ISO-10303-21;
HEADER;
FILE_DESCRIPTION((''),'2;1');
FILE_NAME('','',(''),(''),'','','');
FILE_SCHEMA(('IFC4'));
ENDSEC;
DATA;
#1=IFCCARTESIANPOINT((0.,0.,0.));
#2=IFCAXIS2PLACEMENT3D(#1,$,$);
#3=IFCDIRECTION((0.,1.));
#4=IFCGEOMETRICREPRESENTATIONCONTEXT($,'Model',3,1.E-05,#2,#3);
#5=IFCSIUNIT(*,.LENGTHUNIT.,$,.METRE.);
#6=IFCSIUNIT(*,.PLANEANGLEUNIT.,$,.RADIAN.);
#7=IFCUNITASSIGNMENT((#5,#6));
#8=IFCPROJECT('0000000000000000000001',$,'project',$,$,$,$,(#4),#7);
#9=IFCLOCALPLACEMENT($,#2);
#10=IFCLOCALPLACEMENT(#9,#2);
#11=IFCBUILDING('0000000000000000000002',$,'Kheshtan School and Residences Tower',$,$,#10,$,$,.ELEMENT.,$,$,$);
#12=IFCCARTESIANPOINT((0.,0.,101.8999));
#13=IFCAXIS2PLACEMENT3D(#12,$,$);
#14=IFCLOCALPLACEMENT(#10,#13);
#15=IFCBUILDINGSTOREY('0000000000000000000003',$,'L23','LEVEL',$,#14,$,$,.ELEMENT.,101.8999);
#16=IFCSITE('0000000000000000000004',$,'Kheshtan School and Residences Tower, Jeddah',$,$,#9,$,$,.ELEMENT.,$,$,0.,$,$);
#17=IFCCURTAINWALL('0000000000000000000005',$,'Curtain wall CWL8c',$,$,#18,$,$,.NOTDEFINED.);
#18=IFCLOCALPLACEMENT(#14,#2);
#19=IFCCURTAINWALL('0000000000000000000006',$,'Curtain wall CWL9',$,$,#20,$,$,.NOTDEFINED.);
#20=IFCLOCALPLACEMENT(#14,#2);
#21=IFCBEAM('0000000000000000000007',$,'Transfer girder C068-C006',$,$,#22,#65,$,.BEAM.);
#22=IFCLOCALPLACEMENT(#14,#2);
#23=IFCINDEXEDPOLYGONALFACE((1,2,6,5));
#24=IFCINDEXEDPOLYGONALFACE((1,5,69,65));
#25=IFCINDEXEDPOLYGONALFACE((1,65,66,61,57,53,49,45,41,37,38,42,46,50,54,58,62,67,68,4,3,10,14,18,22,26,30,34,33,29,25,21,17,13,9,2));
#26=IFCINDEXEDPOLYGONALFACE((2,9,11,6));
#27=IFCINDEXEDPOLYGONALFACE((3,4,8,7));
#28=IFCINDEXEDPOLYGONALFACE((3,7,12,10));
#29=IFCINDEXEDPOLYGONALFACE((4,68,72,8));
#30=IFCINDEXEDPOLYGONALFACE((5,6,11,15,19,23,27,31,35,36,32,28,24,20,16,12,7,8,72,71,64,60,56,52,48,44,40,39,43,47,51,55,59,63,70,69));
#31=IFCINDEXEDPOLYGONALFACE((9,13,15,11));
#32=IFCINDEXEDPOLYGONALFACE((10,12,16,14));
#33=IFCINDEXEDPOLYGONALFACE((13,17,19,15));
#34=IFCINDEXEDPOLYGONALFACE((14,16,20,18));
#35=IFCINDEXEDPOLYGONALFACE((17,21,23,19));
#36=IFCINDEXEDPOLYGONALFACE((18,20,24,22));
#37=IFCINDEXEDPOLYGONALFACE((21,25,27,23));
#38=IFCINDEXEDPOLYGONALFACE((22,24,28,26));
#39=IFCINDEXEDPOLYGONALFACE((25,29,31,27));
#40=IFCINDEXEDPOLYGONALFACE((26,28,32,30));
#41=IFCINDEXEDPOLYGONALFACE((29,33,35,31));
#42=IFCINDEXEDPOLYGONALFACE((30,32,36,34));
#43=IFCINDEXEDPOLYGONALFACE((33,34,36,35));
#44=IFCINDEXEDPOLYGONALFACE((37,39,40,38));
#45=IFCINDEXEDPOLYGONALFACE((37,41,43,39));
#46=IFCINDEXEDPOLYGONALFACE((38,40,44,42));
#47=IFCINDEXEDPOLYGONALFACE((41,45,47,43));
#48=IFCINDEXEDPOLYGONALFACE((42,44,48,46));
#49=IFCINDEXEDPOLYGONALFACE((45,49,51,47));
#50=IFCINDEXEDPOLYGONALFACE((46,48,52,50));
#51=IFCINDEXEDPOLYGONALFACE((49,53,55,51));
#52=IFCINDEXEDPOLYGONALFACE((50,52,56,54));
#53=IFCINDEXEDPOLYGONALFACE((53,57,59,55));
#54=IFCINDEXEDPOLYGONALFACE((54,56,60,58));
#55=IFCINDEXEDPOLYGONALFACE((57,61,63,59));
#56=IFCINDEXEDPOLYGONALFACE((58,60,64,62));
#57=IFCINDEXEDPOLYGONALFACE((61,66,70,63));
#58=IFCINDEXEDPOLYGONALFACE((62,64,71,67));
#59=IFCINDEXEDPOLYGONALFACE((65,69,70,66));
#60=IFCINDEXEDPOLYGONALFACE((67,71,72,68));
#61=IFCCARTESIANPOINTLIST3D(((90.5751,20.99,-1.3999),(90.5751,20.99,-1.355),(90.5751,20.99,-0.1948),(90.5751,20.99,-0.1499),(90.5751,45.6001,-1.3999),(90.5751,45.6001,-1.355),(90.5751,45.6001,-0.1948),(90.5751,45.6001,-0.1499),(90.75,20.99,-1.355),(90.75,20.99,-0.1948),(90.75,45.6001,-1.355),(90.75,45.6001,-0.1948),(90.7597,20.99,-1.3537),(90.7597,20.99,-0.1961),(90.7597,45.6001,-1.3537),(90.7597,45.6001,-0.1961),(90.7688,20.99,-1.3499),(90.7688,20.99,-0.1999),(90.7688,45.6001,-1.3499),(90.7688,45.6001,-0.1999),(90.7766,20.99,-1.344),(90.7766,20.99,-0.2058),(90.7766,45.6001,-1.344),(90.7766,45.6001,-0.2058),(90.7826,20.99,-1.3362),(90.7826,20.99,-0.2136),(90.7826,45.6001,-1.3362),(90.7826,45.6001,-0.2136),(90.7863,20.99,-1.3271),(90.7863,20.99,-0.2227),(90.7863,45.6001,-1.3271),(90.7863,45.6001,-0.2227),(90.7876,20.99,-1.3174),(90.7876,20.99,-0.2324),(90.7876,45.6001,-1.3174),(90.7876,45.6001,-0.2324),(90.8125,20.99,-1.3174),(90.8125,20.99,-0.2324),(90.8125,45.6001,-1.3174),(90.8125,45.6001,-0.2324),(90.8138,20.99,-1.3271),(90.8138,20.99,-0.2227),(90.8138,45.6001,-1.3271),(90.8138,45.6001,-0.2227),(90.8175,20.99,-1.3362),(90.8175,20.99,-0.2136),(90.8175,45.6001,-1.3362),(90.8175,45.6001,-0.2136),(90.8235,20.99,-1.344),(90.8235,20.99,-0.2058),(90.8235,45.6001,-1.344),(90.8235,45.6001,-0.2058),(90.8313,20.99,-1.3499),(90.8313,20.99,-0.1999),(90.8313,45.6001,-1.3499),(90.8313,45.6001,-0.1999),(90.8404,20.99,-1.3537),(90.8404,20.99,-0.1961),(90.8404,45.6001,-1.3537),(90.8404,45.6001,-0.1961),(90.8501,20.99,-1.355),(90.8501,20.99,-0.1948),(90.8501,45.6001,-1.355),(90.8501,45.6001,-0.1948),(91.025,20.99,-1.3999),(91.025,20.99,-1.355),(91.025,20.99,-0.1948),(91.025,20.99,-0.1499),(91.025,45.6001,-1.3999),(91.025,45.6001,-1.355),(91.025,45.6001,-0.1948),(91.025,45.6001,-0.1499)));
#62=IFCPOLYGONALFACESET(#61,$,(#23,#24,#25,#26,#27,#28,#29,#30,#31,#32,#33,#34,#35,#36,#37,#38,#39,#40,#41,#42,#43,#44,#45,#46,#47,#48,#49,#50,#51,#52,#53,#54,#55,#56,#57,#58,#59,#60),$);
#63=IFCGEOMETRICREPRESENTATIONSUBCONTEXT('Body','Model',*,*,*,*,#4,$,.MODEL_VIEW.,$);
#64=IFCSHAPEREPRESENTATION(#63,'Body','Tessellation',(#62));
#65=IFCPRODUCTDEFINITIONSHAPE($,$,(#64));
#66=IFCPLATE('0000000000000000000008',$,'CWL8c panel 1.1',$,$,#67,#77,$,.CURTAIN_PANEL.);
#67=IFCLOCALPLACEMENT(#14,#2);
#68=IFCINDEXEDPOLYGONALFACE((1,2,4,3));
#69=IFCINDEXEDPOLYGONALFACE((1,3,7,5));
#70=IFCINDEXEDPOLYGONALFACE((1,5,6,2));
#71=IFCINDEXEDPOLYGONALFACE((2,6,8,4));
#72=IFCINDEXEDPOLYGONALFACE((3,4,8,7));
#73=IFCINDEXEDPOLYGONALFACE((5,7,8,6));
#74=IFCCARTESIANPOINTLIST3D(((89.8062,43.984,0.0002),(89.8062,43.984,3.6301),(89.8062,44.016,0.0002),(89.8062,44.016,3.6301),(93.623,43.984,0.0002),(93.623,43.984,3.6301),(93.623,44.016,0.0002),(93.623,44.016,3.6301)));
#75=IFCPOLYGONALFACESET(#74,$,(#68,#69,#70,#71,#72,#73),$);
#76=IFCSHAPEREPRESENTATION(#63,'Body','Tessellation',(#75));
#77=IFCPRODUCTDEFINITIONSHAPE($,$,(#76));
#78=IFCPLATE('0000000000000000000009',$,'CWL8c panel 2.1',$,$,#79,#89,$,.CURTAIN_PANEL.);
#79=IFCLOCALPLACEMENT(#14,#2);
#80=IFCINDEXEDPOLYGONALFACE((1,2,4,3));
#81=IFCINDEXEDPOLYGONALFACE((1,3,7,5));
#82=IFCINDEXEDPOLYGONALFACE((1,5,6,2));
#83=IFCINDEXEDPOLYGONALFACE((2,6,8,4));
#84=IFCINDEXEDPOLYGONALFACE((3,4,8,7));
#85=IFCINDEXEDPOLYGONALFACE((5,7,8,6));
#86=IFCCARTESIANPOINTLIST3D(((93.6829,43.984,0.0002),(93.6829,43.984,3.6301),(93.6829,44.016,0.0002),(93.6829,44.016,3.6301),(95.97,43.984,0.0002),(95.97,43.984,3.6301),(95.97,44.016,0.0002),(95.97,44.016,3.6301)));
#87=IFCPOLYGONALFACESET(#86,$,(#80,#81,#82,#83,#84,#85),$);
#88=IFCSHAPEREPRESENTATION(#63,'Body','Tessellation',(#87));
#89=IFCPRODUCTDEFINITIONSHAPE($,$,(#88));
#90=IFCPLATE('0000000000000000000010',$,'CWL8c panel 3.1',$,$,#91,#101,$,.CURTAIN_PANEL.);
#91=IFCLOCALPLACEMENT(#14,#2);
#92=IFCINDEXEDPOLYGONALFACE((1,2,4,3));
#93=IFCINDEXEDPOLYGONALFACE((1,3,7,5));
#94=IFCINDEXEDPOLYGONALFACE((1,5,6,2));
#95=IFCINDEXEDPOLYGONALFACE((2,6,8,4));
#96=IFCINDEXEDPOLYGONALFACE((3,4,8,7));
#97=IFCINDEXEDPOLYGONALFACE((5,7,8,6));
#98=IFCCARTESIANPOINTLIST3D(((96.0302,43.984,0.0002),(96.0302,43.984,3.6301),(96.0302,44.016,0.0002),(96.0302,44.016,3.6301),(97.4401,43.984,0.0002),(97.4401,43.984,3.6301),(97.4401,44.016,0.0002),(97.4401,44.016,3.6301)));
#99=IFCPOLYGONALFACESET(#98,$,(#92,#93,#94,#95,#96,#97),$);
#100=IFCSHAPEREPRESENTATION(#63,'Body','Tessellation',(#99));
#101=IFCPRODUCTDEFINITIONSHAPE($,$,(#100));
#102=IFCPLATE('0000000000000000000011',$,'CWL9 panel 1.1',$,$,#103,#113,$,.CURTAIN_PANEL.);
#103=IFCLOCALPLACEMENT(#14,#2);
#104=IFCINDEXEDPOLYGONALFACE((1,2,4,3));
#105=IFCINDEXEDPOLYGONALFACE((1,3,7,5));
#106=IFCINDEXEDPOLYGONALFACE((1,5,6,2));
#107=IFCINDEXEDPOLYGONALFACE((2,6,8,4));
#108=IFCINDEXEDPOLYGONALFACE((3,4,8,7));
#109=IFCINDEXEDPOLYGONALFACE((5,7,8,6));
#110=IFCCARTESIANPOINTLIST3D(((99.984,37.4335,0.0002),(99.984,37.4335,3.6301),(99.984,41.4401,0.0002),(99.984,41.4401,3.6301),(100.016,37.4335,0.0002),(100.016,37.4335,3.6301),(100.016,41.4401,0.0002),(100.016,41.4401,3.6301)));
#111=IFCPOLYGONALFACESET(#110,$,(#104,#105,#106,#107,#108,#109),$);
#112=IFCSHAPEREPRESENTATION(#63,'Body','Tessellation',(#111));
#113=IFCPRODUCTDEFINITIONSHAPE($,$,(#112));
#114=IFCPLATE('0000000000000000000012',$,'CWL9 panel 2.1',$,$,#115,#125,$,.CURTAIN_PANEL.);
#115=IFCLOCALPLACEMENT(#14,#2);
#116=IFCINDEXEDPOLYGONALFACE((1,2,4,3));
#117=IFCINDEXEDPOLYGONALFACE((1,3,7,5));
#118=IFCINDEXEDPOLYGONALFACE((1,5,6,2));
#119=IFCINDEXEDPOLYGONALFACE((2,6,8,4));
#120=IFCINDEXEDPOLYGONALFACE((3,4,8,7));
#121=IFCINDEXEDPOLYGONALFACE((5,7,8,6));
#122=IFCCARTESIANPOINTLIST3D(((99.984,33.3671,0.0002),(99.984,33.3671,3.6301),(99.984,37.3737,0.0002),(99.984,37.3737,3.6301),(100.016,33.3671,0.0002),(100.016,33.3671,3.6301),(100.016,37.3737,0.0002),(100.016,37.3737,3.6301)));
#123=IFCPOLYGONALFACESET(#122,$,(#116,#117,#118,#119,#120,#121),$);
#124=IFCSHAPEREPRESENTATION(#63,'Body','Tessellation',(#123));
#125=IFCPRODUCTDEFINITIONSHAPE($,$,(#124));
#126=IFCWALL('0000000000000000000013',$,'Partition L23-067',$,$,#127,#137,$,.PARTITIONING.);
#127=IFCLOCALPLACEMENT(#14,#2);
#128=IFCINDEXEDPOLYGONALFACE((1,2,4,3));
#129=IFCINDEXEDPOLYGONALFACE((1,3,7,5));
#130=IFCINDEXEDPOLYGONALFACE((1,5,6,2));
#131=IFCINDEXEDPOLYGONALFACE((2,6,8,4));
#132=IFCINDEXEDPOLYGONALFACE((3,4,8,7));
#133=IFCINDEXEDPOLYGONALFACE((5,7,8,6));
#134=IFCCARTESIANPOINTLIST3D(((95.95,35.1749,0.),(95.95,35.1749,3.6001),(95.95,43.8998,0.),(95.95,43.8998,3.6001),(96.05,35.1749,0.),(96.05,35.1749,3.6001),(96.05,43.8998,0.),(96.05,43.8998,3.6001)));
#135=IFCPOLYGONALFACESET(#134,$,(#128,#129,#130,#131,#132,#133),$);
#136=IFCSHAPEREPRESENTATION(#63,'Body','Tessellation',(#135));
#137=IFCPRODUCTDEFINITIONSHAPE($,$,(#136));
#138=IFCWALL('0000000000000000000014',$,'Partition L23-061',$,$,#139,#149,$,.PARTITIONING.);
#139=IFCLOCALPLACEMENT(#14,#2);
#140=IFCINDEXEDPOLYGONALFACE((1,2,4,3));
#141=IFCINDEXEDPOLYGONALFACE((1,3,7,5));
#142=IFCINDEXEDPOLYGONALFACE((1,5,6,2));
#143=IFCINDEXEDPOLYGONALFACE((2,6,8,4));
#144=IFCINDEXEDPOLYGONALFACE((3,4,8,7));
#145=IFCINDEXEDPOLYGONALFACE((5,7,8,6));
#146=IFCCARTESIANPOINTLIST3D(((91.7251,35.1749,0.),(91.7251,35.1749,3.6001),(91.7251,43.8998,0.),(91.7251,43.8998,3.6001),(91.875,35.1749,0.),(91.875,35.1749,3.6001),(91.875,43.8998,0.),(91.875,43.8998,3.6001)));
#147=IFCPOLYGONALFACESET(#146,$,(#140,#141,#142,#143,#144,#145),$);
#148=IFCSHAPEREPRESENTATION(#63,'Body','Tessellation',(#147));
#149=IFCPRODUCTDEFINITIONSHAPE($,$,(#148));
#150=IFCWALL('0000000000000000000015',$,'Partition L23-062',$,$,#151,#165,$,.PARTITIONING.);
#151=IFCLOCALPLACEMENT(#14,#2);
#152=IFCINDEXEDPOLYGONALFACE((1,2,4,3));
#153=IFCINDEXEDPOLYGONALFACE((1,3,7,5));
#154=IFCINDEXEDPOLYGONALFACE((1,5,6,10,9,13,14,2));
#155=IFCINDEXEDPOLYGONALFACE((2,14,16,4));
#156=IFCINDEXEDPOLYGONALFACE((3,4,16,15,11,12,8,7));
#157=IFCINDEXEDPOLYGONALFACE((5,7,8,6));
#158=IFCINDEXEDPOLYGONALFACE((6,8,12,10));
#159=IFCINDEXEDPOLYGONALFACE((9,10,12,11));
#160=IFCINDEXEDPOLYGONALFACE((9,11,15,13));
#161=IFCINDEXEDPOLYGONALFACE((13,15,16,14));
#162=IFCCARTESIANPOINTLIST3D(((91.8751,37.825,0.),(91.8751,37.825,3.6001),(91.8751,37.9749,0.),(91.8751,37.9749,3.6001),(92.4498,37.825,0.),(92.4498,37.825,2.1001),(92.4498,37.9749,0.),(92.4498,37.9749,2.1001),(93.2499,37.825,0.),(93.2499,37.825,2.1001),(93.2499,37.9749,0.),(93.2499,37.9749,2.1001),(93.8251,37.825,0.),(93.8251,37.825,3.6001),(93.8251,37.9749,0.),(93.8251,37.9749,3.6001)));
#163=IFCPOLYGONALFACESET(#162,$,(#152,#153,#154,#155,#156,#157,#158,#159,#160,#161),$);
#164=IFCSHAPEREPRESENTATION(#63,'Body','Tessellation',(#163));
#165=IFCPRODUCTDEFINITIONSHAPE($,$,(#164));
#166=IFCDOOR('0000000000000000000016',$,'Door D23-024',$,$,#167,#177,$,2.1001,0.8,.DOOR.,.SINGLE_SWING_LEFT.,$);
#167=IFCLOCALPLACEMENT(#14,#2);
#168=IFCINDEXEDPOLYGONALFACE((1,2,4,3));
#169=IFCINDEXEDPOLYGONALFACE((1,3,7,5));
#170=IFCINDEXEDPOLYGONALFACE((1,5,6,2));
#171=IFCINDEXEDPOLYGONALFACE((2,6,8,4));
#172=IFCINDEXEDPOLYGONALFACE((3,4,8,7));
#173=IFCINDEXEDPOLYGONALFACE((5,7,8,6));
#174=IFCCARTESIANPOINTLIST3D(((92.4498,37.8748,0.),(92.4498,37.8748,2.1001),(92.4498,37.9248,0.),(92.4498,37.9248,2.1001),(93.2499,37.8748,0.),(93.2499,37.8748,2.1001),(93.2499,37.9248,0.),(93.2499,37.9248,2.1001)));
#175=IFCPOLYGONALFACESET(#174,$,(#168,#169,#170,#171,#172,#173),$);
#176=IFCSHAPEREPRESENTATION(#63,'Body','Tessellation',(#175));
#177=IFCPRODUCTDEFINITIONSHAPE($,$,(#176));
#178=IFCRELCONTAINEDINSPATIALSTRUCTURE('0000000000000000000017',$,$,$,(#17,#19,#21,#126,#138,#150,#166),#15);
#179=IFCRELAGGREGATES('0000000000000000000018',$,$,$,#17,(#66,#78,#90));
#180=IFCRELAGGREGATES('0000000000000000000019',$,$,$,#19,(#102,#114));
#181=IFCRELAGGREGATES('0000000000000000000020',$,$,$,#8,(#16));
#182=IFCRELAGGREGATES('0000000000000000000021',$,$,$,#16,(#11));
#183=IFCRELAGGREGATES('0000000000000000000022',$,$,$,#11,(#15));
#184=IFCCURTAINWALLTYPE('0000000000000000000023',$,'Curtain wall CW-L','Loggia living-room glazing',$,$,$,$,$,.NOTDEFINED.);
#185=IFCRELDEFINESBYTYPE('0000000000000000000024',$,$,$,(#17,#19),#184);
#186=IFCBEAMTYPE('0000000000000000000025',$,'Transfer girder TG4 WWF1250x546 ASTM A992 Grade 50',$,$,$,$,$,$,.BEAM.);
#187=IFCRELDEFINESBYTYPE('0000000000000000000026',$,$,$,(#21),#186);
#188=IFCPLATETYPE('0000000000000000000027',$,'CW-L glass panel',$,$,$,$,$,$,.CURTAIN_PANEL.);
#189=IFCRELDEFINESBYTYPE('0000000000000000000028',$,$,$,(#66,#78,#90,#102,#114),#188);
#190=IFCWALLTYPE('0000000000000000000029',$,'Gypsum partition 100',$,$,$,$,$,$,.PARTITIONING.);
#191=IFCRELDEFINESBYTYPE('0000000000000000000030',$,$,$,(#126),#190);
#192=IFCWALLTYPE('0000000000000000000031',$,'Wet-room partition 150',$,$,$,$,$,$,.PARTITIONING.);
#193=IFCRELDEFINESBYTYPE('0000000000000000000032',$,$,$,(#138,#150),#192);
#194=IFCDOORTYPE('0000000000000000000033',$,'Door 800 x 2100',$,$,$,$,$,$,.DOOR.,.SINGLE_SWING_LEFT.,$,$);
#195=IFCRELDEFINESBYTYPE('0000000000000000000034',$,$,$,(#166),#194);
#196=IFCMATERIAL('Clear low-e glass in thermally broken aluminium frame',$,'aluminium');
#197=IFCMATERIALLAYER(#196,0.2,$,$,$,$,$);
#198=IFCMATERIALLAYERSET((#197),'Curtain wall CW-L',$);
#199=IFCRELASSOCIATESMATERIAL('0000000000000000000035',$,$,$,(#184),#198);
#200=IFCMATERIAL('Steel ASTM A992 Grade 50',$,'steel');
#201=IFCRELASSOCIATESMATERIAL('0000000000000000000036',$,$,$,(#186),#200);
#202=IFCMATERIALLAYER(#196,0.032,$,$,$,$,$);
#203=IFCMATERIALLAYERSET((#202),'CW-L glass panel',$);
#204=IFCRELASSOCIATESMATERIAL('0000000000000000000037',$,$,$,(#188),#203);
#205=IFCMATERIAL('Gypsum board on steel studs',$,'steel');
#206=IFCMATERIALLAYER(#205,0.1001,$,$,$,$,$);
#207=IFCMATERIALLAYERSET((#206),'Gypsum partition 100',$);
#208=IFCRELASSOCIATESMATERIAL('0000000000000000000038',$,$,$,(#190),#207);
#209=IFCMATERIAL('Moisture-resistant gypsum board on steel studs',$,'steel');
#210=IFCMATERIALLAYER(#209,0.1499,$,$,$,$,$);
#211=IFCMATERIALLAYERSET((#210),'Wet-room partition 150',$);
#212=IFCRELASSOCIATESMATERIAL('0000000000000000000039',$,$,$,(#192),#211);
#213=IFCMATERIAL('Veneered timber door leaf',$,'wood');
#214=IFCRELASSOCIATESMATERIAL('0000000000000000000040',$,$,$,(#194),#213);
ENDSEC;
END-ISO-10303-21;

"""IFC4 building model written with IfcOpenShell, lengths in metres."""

from ifc_helpers import new_model, si_unit, direction, frame, frame_2d, origin, origin_2d, place, context, subcontext, project, spatial, rectangle, i_section, extrude, source, transform, mapped, material, layer, layer_set, material_profile, profile_set, type_object, element, fill, aggregate, save


model = new_model("IFC4")

# Units and contexts
model_context = context("Model", 3, precision=1e-05, world=origin(), true_north=direction((0.0, 1.0)))
body_context = subcontext(model_context, "Body", "Model", "MODEL_VIEW")
ifc_project = project(units=[si_unit("LENGTHUNIT", "METRE"), si_unit("PLANEANGLEUNIT", "RADIAN")], contexts=[model_context])

# Site, building, storey
site_placement = place(None, origin())
site = spatial("IfcSite", under=ifc_project, at=site_placement, Name="Kheshtan School and Residences Tower, Jeddah", CompositionType="ELEMENT", RefElevation=0.0)
building_placement = place(site_placement, origin())
building = spatial("IfcBuilding", under=site, at=building_placement, Name="Kheshtan School and Residences Tower", CompositionType="ELEMENT")
storey_placement = place(building_placement, frame((0.0, 0.0, 101.8999)))
storey = spatial("IfcBuildingStorey", under=building, at=storey_placement, Name="L23", Description="LEVEL", CompositionType="ELEMENT", Elevation=101.8999)

# Shared definitions
ifc_material_1 = material(Name="Steel ASTM A992 Grade 50", Category="steel")

# Curtain walls
ifc_material_2 = material(Name="Clear low-e glass in thermally broken aluminium frame", Category="aluminium")
ifc_layer_1 = layer(ifc_material_2, 0.2)
ifc_layer_set_1 = layer_set([ifc_layer_1], Name="Curtain wall CW-L")
curtain_wall_type = type_object("IfcCurtainWallType", Name="Curtain wall CW-L", Description="Loggia living-room glazing", PredefinedType="NOTDEFINED", material=ifc_layer_set_1)
curtain_wall_1_placement = place(storey_placement, origin())
curtain_wall_1 = element("IfcCurtainWall", 1, at=curtain_wall_1_placement, inside=storey, type_object=curtain_wall_type, Name="Curtain wall CWL8c", PredefinedType="NOTDEFINED")
curtain_wall_2_placement = place(storey_placement, origin())
curtain_wall_2 = element("IfcCurtainWall", 2, at=curtain_wall_2_placement, inside=storey, type_object=curtain_wall_type, Name="Curtain wall CWL9", PredefinedType="NOTDEFINED")

# Beam
ifc_material_profile_1 = material_profile(ifc_material_1, i_section(OverallWidth=0.45, OverallDepth=1.25, WebThickness=0.0249, FlangeThickness=0.0449, FilletRadius=0.0376, at=origin_2d()), Name="WWF1250x546")
ifc_profile_set_1 = profile_set([ifc_material_profile_1], Name="Steel ASTM A992 Grade 50")
beam_type = type_object("IfcBeamType", Name="Transfer girder TG4 WWF1250x546 ASTM A992 Grade 50", PredefinedType="BEAM", material=ifc_profile_set_1)
beam_placement = place(storey_placement, frame((90.8, 45.6001, -0.7749), z_axis=(0.0, -1.0, 0.0), x_axis=(1.0, 0.0, 0.0)))
element("IfcBeam", 3, at=beam_placement, inside=storey, type_object=beam_type, Name="Transfer girder C068-C006", PredefinedType="BEAM", context=body_context, shape_type="SweptSolid", body=[
    extrude(i_section(OverallWidth=0.45, OverallDepth=1.25, WebThickness=0.0249, FlangeThickness=0.0449, FilletRadius=0.0376, at=origin_2d()), origin(), (0.0, 0.0, 1.0), 24.6101),
])

# Plates
ifc_layer_2 = layer(ifc_material_2, 0.032)
ifc_layer_set_2 = layer_set([ifc_layer_2], Name="CW-L glass panel")
plate_type = type_object("IfcPlateType", Name="CW-L glass panel", PredefinedType="CURTAIN_PANEL", material=ifc_layer_set_2)
plate_1_placement = place(storey_placement, frame((91.7146, 44.0, 0.0002), z_axis=(0.0, 0.0, 1.0), x_axis=(1.0, 0.0, 0.0)))
plate_1 = element("IfcPlate", 4, at=plate_1_placement, type_object=plate_type, Name="CWL8c panel 1.1", PredefinedType="CURTAIN_PANEL", context=body_context, shape_type="SweptSolid", body=[
    extrude(rectangle(XDim=3.8169, YDim=0.032, at=origin_2d()), origin(), (0.0, 0.0, 1.0), 3.6299),
])
plate_2_placement = place(storey_placement, frame((94.8264, 44.0, 0.0002), z_axis=(0.0, 0.0, 1.0), x_axis=(1.0, 0.0, 0.0)))
plate_2 = element("IfcPlate", 5, at=plate_2_placement, type_object=plate_type, Name="CWL8c panel 2.1", PredefinedType="CURTAIN_PANEL", context=body_context, shape_type="SweptSolid", body=[
    extrude(rectangle(XDim=2.2871, YDim=0.032, at=origin_2d()), origin(), (0.0, 0.0, 1.0), 3.6299),
])
plate_3_placement = place(storey_placement, frame((96.7351, 44.0, 0.0002), z_axis=(0.0, 0.0, 1.0), x_axis=(1.0, 0.0, 0.0)))
plate_3 = element("IfcPlate", 6, at=plate_3_placement, type_object=plate_type, Name="CWL8c panel 3.1", PredefinedType="CURTAIN_PANEL", context=body_context, shape_type="SweptSolid", body=[
    extrude(rectangle(XDim=1.4099, YDim=0.032, at=origin_2d()), origin(), (0.0, 0.0, 1.0), 3.6299),
])
aggregate(curtain_wall_1, [plate_1, plate_2, plate_3])
plate_4_placement = place(storey_placement, frame((100.0, 39.4368, 0.0002), z_axis=(0.0, 0.0, 1.0), x_axis=(0.0, -1.0, 0.0)))
plate_4 = element("IfcPlate", 7, at=plate_4_placement, type_object=plate_type, Name="CWL9 panel 1.1", PredefinedType="CURTAIN_PANEL", context=body_context, shape_type="SweptSolid", body=[
    extrude(rectangle(XDim=4.0066, YDim=0.032, at=origin_2d()), origin(), (0.0, 0.0, 1.0), 3.6299),
])
plate_5_placement = place(storey_placement, frame((100.0, 35.3704, 0.0002), z_axis=(0.0, 0.0, 1.0), x_axis=(0.0, -1.0, 0.0)))
plate_5 = element("IfcPlate", 8, at=plate_5_placement, type_object=plate_type, Name="CWL9 panel 2.1", PredefinedType="CURTAIN_PANEL", context=body_context, shape_type="SweptSolid", body=[
    extrude(rectangle(XDim=4.0066, YDim=0.032, at=origin_2d()), origin(), (0.0, 0.0, 1.0), 3.6299),
])
aggregate(curtain_wall_2, [plate_4, plate_5])

# Walls
ifc_material_3 = material(Name="Gypsum board on steel studs", Category="steel")
ifc_layer_3 = layer(ifc_material_3, 0.1001)
ifc_layer_set_3 = layer_set([ifc_layer_3], Name="Gypsum partition 100")
wall_type_1 = type_object("IfcWallType", Name="Gypsum partition 100", PredefinedType="PARTITIONING", material=ifc_layer_set_3)
wall_1_placement = place(storey_placement, frame((96.0, 35.175, 0.0), z_axis=(0.0, 0.0, 1.0), x_axis=(0.0, 1.0, 0.0)))
element("IfcWall", 9, at=wall_1_placement, inside=storey, type_object=wall_type_1, Name="Partition L23-067", PredefinedType="PARTITIONING", context=body_context, shape_type="SweptSolid", body=[
    extrude(rectangle(XDim=8.7249, YDim=0.1001, at=frame_2d((4.3623, 0.0))), origin(), (0.0, 0.0, 1.0), 3.6001),
])
ifc_material_4 = material(Name="Moisture-resistant gypsum board on steel studs", Category="steel")
ifc_layer_4 = layer(ifc_material_4, 0.1499)
ifc_layer_set_4 = layer_set([ifc_layer_4], Name="Wet-room partition 150")
wall_type_2 = type_object("IfcWallType", Name="Wet-room partition 150", PredefinedType="PARTITIONING", material=ifc_layer_set_4)
wall_2_placement = place(storey_placement, frame((91.8, 35.175, 0.0), z_axis=(0.0, 0.0, 1.0), x_axis=(0.0, 1.0, 0.0)))
element("IfcWall", 10, at=wall_2_placement, inside=storey, type_object=wall_type_2, Name="Partition L23-061", PredefinedType="PARTITIONING", context=body_context, shape_type="SweptSolid", body=[
    extrude(rectangle(XDim=8.7249, YDim=0.1499, at=frame_2d((4.3623, 0.0))), origin(), (0.0, 0.0, 1.0), 3.6001),
])

# Wall, opening, door
wall_3_placement = place(storey_placement, frame((91.875, 37.8999, 0.0), z_axis=(0.0, 0.0, 1.0), x_axis=(1.0, 0.0, 0.0)))
wall_3 = element("IfcWall", 11, at=wall_3_placement, inside=storey, type_object=wall_type_2, Name="Partition L23-062", PredefinedType="PARTITIONING", context=body_context, shape_type="SweptSolid", body=[
    extrude(rectangle(XDim=1.95, YDim=0.1499, at=frame_2d((0.9751, 0.0))), origin(), (0.0, 0.0, 1.0), 3.6001),
])
opening_1_placement = place(wall_3_placement, frame((0.575, 0.0, 0.0)))
opening_1 = element("IfcOpeningElement", 12, at=opening_1_placement, cuts=wall_3, PredefinedType="OPENING", context=body_context, shape_type="SweptSolid", body=[
    extrude(rectangle(XDim=0.8, YDim=2.1001, at=frame_2d((0.3999, 1.05))), frame((0.0, 0.085, 0.0), z_axis=(0.0, -1.0, 0.0), x_axis=(1.0, 0.0, 0.0)), (0.0, 0.0, 1.0), 0.1699),
])
ifc_material_5 = material(Name="Veneered timber door leaf", Category="wood")
door_type_1 = type_object("IfcDoorType", Name="Door 800 x 2100", OperationType="SINGLE_SWING_LEFT", PredefinedType="DOOR", material=ifc_material_5)
shared_shape_1 = source(origin(), body_context, "Body", "SweptSolid", [
    extrude(rectangle(XDim=0.8, YDim=2.1001, at=frame_2d((0.3999, 1.05))), frame((0.0, 0.0249, 0.0), z_axis=(0.0, -1.0, 0.0), x_axis=(1.0, 0.0, 0.0)), (0.0, 0.0, 1.0), 0.05),
])
door_1_placement = place(opening_1_placement, origin())
door_1 = element("IfcDoor", 13, at=door_1_placement, inside=storey, type_object=door_type_1, Name="Door D23-024", OperationType="SINGLE_SWING_LEFT", OverallHeight=2.1001, OverallWidth=0.8, PredefinedType="DOOR", context=body_context, shape_type="MappedRepresentation", body=[
    mapped(shared_shape_1, transform((0.0, 0.0, 0.0), x_axis=(1.0, 0.0, 0.0), y_axis=(0.0, 1.0, 0.0), z_axis=(0.0, 0.0, 1.0), scale=1.0)),
])
fill(opening_1, door_1)

save(model, "model.ifc")
